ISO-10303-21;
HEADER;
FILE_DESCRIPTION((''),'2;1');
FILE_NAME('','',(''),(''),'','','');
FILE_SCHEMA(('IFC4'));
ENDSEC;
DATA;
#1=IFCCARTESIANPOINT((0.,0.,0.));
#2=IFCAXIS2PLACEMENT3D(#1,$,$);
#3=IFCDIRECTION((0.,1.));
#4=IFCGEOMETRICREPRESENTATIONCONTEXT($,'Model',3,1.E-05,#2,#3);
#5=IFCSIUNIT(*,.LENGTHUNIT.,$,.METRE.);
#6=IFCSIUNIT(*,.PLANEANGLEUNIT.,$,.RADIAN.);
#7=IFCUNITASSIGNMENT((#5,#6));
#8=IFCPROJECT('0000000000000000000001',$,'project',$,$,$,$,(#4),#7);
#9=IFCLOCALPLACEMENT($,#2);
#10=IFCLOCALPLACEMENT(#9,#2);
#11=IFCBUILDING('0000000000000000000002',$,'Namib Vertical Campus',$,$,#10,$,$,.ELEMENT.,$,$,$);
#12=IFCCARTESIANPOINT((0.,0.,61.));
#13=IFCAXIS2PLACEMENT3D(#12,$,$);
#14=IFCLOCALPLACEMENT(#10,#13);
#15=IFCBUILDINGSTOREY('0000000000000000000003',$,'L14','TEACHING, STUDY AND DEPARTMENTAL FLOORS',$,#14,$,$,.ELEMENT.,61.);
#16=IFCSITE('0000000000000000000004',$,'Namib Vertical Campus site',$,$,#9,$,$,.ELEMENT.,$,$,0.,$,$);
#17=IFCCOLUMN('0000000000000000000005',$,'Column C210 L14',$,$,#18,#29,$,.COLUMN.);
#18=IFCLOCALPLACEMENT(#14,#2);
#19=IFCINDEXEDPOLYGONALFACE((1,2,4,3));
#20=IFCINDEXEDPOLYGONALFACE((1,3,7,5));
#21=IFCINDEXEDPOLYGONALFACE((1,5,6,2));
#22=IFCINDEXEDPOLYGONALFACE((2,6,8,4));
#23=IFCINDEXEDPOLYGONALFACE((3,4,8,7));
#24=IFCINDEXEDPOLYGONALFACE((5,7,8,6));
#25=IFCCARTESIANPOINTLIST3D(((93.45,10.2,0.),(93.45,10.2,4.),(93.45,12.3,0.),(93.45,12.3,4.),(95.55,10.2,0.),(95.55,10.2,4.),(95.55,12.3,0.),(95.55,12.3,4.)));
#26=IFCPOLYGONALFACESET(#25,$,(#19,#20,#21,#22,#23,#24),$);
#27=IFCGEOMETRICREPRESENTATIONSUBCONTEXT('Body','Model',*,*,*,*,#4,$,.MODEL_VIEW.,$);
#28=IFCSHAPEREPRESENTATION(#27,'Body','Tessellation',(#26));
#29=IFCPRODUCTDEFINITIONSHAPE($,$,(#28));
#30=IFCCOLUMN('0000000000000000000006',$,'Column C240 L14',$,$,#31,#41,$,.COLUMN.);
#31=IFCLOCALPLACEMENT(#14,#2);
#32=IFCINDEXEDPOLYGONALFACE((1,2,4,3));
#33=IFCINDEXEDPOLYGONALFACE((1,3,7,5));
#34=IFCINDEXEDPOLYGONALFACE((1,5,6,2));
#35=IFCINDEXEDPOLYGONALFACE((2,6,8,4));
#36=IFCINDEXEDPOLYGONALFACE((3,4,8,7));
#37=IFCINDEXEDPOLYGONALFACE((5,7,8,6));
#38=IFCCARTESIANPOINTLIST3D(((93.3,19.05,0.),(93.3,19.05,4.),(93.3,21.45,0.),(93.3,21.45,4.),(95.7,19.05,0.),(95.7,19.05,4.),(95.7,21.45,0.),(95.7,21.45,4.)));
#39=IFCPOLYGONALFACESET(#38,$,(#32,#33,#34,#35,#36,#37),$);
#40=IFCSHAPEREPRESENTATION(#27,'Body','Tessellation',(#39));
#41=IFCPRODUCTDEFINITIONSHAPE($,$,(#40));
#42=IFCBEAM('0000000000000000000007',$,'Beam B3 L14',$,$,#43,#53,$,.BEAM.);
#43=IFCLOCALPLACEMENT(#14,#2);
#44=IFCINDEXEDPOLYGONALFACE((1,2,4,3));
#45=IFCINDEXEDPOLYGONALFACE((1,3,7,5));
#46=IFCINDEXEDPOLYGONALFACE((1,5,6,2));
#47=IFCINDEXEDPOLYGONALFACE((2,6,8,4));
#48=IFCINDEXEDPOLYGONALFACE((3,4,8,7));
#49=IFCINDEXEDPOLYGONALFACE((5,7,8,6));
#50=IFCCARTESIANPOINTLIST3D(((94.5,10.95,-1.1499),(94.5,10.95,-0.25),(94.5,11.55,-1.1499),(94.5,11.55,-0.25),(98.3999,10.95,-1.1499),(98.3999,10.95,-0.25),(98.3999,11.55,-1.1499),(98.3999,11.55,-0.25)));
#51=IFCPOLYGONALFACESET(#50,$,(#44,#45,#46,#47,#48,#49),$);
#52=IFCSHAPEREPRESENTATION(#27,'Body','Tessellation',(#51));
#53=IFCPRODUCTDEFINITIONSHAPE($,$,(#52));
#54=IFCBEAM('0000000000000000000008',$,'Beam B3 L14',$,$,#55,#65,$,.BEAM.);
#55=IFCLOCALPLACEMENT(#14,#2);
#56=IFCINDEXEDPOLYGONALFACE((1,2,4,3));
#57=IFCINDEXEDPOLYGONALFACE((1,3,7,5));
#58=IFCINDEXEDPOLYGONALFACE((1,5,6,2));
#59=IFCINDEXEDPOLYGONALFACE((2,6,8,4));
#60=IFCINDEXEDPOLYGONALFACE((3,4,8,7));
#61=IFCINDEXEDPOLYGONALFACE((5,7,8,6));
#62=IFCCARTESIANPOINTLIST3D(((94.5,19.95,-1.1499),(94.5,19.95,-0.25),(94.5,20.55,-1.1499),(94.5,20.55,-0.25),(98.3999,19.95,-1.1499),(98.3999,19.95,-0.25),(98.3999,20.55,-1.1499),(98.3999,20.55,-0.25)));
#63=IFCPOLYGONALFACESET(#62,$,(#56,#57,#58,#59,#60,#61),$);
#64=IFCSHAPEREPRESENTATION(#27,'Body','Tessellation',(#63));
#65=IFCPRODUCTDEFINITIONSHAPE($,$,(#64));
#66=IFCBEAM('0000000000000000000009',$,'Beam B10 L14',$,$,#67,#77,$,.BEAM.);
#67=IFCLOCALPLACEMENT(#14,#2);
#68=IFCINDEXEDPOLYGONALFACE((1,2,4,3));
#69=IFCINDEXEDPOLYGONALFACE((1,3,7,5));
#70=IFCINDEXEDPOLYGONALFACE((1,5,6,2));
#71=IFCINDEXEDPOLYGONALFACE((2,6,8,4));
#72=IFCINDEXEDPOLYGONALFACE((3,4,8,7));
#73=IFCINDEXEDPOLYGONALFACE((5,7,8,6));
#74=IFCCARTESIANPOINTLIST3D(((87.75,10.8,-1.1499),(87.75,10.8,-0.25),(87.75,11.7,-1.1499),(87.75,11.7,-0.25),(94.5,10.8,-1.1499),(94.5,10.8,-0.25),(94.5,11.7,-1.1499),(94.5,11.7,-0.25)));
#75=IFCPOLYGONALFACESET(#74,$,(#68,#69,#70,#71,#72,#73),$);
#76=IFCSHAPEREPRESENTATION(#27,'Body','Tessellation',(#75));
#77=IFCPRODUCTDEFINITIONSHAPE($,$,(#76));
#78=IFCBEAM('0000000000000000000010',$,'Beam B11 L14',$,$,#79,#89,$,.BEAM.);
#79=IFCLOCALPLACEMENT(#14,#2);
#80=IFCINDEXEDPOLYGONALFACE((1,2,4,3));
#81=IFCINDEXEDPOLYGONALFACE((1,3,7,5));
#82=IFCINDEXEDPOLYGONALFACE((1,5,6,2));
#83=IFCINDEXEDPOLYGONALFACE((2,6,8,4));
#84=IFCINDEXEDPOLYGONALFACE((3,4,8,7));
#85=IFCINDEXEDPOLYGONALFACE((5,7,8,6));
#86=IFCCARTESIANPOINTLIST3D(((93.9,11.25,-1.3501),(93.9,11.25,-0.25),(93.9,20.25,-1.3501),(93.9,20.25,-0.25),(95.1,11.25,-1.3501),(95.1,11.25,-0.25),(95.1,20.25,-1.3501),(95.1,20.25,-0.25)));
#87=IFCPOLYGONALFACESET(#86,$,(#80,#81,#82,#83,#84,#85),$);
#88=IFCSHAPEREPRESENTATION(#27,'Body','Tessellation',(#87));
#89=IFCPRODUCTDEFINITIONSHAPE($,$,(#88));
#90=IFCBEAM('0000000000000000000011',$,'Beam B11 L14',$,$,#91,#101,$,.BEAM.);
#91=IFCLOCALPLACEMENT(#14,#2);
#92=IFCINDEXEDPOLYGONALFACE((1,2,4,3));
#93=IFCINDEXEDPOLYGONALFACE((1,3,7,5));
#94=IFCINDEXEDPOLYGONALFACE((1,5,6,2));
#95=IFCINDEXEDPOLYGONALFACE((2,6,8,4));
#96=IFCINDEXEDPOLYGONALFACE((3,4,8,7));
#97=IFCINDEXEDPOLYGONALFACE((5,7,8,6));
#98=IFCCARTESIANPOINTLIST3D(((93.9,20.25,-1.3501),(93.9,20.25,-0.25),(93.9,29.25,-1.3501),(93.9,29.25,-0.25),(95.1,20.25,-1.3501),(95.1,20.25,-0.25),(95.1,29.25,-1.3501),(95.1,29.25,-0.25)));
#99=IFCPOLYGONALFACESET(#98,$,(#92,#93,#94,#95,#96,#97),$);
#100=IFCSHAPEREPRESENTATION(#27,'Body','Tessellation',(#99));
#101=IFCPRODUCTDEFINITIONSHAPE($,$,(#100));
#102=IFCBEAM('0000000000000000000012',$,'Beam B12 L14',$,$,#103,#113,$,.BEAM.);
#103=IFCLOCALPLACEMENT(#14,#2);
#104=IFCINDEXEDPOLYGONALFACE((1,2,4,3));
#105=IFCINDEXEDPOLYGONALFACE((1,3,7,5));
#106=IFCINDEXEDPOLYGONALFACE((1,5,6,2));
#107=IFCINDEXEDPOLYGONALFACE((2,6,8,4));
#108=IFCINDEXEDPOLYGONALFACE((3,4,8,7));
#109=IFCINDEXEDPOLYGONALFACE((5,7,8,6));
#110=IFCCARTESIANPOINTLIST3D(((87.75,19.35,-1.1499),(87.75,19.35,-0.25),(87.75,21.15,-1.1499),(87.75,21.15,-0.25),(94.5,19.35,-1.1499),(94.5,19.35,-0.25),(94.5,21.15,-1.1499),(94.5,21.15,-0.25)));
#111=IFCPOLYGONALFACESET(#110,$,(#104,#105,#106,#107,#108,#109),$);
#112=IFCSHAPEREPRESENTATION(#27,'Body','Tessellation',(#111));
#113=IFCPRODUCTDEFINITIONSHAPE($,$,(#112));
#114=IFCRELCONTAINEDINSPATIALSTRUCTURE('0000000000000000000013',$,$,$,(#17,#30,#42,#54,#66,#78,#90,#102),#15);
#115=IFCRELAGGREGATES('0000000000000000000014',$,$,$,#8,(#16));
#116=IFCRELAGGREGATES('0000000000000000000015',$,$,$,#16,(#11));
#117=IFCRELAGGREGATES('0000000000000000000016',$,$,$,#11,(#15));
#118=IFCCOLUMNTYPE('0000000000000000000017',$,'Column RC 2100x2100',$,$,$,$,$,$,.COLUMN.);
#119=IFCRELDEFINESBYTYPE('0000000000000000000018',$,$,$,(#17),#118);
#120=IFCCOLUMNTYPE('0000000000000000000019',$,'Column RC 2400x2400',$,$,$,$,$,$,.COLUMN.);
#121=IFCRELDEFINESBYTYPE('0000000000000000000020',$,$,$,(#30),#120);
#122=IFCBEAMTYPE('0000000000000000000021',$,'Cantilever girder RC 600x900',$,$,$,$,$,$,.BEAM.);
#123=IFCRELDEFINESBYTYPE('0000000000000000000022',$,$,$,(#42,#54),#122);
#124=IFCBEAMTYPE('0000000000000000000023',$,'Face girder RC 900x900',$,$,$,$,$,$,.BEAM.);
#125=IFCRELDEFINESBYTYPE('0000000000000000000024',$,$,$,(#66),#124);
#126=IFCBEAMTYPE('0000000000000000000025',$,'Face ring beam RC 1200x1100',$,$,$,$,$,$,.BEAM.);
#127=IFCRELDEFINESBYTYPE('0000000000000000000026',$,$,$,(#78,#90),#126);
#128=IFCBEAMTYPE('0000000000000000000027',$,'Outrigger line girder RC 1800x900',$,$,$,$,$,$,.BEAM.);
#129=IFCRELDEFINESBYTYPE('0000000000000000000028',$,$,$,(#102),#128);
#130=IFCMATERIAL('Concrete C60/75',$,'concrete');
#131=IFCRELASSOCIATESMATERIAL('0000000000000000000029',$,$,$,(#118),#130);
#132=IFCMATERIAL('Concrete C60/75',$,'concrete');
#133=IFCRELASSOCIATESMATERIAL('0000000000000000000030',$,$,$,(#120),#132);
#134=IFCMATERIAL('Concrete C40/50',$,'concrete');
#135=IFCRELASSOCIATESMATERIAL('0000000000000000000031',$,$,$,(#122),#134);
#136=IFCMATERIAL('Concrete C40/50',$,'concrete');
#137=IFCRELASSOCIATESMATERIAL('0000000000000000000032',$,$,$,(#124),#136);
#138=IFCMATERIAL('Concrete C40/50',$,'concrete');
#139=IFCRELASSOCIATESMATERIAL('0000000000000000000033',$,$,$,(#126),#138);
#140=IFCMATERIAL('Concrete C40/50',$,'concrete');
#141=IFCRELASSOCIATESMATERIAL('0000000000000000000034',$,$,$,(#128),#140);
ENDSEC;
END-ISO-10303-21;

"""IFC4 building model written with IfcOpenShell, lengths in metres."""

from ifc_helpers import new_model, si_unit, direction, frame, origin, origin_2d, place, context, subcontext, project, spatial, rectangle, extrude, material, material_profile, profile_set, type_object, element, save


model = new_model("IFC4")

# Units and contexts
model_context = context("Model", 3, precision=1e-05, world=origin(), true_north=direction((0.0, 1.0)))
body_context = subcontext(model_context, "Body", "Model", "MODEL_VIEW")
ifc_project = project(units=[si_unit("LENGTHUNIT", "METRE"), si_unit("PLANEANGLEUNIT", "RADIAN")], contexts=[model_context])

# Site, building, storey
site_placement = place(None, origin())
site = spatial("IfcSite", under=ifc_project, at=site_placement, Name="Namib Vertical Campus site", CompositionType="ELEMENT", RefElevation=0.0)
building_placement = place(site_placement, origin())
building = spatial("IfcBuilding", under=site, at=building_placement, Name="Namib Vertical Campus", CompositionType="ELEMENT")
storey_placement = place(building_placement, frame((0.0, 0.0, 61.0)))
storey = spatial("IfcBuildingStorey", under=building, at=storey_placement, Name="L14", Description="TEACHING, STUDY AND DEPARTMENTAL FLOORS", CompositionType="ELEMENT", Elevation=61.0)

# Columns
ifc_material_1 = material(Name="Concrete C60/75", Category="concrete")
ifc_material_profile_1 = material_profile(ifc_material_1, rectangle(XDim=2.1001, YDim=2.1001, at=origin_2d()))
ifc_profile_set_1 = profile_set([ifc_material_profile_1], Name="Concrete C60/75")
column_type_1 = type_object("IfcColumnType", Name="Column RC 2100x2100", PredefinedType="COLUMN", material=ifc_profile_set_1)
column_1_placement = place(storey_placement, frame((94.5, 11.25, 0.0), z_axis=(0.0, 0.0, 1.0), x_axis=(1.0, 0.0, 0.0)))
element("IfcColumn", 1, at=column_1_placement, inside=storey, type_object=column_type_1, Name="Column C210 L14", PredefinedType="COLUMN", context=body_context, shape_type="SweptSolid", body=[
    extrude(rectangle(XDim=2.1001, YDim=2.1001, at=origin_2d()), origin(), (0.0, 0.0, 1.0), 4.0),
])
ifc_material_2 = material(Name="Concrete C60/75", Category="concrete")
ifc_material_profile_2 = material_profile(ifc_material_2, rectangle(XDim=2.3999, YDim=2.3999, at=origin_2d()))
ifc_profile_set_2 = profile_set([ifc_material_profile_2], Name="Concrete C60/75")
column_type_2 = type_object("IfcColumnType", Name="Column RC 2400x2400", PredefinedType="COLUMN", material=ifc_profile_set_2)
column_2_placement = place(storey_placement, frame((94.5, 20.25, 0.0), z_axis=(0.0, 0.0, 1.0), x_axis=(1.0, 0.0, 0.0)))
element("IfcColumn", 2, at=column_2_placement, inside=storey, type_object=column_type_2, Name="Column C240 L14", PredefinedType="COLUMN", context=body_context, shape_type="SweptSolid", body=[
    extrude(rectangle(XDim=2.3999, YDim=2.3999, at=origin_2d()), origin(), (0.0, 0.0, 1.0), 4.0),
])

# Beams
ifc_material_3 = material(Name="Concrete C40/50", Category="concrete")
ifc_material_profile_3 = material_profile(ifc_material_3, rectangle(XDim=0.6001, YDim=0.8999, at=origin_2d()))
ifc_profile_set_3 = profile_set([ifc_material_profile_3], Name="Concrete C40/50")
beam_type_1 = type_object("IfcBeamType", Name="Cantilever girder RC 600x900", PredefinedType="BEAM", material=ifc_profile_set_3)
for number, where, z_axis, x_axis, name in (
    (3, (94.5, 11.25, -0.7), (1.0, 0.0, 0.0), (0.0, 1.0, 0.0), "Beam B3 L14"),
    (4, (94.5, 20.25, -0.7), (1.0, 0.0, 0.0), (0.0, 1.0, 0.0), "Beam B3 L14"),
):
    element("IfcBeam", number, at=place(storey_placement, frame(where, z_axis=z_axis, x_axis=x_axis)), inside=storey, type_object=beam_type_1, Name=name, PredefinedType="BEAM", context=body_context, shape_type="SweptSolid", body=[
        extrude(rectangle(XDim=0.6001, YDim=0.8999, at=origin_2d()), origin(), (0.0, 0.0, 1.0), 3.8999),
    ])
ifc_material_4 = material(Name="Concrete C40/50", Category="concrete")
ifc_material_profile_4 = material_profile(ifc_material_4, rectangle(XDim=0.8999, YDim=0.8999, at=origin_2d()))
ifc_profile_set_4 = profile_set([ifc_material_profile_4], Name="Concrete C40/50")
beam_type_2 = type_object("IfcBeamType", Name="Face girder RC 900x900", PredefinedType="BEAM", material=ifc_profile_set_4)
beam_1_placement = place(storey_placement, frame((94.5, 11.25, -0.7), z_axis=(-1.0, 0.0, 0.0), x_axis=(0.0, -1.0, 0.0)))
element("IfcBeam", 5, at=beam_1_placement, inside=storey, type_object=beam_type_2, Name="Beam B10 L14", PredefinedType="BEAM", context=body_context, shape_type="SweptSolid", body=[
    extrude(rectangle(XDim=0.8999, YDim=0.8999, at=origin_2d()), origin(), (0.0, 0.0, 1.0), 6.75),
])
ifc_material_5 = material(Name="Concrete C40/50", Category="concrete")
ifc_material_profile_5 = material_profile(ifc_material_5, rectangle(XDim=1.2, YDim=1.1001, at=origin_2d()))
ifc_profile_set_5 = profile_set([ifc_material_profile_5], Name="Concrete C40/50")
beam_type_3 = type_object("IfcBeamType", Name="Face ring beam RC 1200x1100", PredefinedType="BEAM", material=ifc_profile_set_5)
for number, where, z_axis, x_axis, name in (
    (6, (94.5, 11.25, -0.8), (0.0, 1.0, 0.0), (-1.0, 0.0, 0.0), "Beam B11 L14"),
    (7, (94.5, 20.25, -0.8), (0.0, 1.0, 0.0), (-1.0, 0.0, 0.0), "Beam B11 L14"),
):
    element("IfcBeam", number, at=place(storey_placement, frame(where, z_axis=z_axis, x_axis=x_axis)), inside=storey, type_object=beam_type_3, Name=name, PredefinedType="BEAM", context=body_context, shape_type="SweptSolid", body=[
        extrude(rectangle(XDim=1.2, YDim=1.1001, at=origin_2d()), origin(), (0.0, 0.0, 1.0), 9.0),
    ])
ifc_material_6 = material(Name="Concrete C40/50", Category="concrete")
ifc_material_profile_6 = material_profile(ifc_material_6, rectangle(XDim=1.8, YDim=0.8999, at=origin_2d()))
ifc_profile_set_6 = profile_set([ifc_material_profile_6], Name="Concrete C40/50")
beam_type_4 = type_object("IfcBeamType", Name="Outrigger line girder RC 1800x900", PredefinedType="BEAM", material=ifc_profile_set_6)
beam_2_placement = place(storey_placement, frame((94.5, 20.25, -0.7), z_axis=(-1.0, 0.0, 0.0), x_axis=(0.0, -1.0, 0.0)))
element("IfcBeam", 8, at=beam_2_placement, inside=storey, type_object=beam_type_4, Name="Beam B12 L14", PredefinedType="BEAM", context=body_context, shape_type="SweptSolid", body=[
    extrude(rectangle(XDim=1.8, YDim=0.8999, at=origin_2d()), origin(), (0.0, 0.0, 1.0), 6.75),
])

save(model, "model.ifc")
